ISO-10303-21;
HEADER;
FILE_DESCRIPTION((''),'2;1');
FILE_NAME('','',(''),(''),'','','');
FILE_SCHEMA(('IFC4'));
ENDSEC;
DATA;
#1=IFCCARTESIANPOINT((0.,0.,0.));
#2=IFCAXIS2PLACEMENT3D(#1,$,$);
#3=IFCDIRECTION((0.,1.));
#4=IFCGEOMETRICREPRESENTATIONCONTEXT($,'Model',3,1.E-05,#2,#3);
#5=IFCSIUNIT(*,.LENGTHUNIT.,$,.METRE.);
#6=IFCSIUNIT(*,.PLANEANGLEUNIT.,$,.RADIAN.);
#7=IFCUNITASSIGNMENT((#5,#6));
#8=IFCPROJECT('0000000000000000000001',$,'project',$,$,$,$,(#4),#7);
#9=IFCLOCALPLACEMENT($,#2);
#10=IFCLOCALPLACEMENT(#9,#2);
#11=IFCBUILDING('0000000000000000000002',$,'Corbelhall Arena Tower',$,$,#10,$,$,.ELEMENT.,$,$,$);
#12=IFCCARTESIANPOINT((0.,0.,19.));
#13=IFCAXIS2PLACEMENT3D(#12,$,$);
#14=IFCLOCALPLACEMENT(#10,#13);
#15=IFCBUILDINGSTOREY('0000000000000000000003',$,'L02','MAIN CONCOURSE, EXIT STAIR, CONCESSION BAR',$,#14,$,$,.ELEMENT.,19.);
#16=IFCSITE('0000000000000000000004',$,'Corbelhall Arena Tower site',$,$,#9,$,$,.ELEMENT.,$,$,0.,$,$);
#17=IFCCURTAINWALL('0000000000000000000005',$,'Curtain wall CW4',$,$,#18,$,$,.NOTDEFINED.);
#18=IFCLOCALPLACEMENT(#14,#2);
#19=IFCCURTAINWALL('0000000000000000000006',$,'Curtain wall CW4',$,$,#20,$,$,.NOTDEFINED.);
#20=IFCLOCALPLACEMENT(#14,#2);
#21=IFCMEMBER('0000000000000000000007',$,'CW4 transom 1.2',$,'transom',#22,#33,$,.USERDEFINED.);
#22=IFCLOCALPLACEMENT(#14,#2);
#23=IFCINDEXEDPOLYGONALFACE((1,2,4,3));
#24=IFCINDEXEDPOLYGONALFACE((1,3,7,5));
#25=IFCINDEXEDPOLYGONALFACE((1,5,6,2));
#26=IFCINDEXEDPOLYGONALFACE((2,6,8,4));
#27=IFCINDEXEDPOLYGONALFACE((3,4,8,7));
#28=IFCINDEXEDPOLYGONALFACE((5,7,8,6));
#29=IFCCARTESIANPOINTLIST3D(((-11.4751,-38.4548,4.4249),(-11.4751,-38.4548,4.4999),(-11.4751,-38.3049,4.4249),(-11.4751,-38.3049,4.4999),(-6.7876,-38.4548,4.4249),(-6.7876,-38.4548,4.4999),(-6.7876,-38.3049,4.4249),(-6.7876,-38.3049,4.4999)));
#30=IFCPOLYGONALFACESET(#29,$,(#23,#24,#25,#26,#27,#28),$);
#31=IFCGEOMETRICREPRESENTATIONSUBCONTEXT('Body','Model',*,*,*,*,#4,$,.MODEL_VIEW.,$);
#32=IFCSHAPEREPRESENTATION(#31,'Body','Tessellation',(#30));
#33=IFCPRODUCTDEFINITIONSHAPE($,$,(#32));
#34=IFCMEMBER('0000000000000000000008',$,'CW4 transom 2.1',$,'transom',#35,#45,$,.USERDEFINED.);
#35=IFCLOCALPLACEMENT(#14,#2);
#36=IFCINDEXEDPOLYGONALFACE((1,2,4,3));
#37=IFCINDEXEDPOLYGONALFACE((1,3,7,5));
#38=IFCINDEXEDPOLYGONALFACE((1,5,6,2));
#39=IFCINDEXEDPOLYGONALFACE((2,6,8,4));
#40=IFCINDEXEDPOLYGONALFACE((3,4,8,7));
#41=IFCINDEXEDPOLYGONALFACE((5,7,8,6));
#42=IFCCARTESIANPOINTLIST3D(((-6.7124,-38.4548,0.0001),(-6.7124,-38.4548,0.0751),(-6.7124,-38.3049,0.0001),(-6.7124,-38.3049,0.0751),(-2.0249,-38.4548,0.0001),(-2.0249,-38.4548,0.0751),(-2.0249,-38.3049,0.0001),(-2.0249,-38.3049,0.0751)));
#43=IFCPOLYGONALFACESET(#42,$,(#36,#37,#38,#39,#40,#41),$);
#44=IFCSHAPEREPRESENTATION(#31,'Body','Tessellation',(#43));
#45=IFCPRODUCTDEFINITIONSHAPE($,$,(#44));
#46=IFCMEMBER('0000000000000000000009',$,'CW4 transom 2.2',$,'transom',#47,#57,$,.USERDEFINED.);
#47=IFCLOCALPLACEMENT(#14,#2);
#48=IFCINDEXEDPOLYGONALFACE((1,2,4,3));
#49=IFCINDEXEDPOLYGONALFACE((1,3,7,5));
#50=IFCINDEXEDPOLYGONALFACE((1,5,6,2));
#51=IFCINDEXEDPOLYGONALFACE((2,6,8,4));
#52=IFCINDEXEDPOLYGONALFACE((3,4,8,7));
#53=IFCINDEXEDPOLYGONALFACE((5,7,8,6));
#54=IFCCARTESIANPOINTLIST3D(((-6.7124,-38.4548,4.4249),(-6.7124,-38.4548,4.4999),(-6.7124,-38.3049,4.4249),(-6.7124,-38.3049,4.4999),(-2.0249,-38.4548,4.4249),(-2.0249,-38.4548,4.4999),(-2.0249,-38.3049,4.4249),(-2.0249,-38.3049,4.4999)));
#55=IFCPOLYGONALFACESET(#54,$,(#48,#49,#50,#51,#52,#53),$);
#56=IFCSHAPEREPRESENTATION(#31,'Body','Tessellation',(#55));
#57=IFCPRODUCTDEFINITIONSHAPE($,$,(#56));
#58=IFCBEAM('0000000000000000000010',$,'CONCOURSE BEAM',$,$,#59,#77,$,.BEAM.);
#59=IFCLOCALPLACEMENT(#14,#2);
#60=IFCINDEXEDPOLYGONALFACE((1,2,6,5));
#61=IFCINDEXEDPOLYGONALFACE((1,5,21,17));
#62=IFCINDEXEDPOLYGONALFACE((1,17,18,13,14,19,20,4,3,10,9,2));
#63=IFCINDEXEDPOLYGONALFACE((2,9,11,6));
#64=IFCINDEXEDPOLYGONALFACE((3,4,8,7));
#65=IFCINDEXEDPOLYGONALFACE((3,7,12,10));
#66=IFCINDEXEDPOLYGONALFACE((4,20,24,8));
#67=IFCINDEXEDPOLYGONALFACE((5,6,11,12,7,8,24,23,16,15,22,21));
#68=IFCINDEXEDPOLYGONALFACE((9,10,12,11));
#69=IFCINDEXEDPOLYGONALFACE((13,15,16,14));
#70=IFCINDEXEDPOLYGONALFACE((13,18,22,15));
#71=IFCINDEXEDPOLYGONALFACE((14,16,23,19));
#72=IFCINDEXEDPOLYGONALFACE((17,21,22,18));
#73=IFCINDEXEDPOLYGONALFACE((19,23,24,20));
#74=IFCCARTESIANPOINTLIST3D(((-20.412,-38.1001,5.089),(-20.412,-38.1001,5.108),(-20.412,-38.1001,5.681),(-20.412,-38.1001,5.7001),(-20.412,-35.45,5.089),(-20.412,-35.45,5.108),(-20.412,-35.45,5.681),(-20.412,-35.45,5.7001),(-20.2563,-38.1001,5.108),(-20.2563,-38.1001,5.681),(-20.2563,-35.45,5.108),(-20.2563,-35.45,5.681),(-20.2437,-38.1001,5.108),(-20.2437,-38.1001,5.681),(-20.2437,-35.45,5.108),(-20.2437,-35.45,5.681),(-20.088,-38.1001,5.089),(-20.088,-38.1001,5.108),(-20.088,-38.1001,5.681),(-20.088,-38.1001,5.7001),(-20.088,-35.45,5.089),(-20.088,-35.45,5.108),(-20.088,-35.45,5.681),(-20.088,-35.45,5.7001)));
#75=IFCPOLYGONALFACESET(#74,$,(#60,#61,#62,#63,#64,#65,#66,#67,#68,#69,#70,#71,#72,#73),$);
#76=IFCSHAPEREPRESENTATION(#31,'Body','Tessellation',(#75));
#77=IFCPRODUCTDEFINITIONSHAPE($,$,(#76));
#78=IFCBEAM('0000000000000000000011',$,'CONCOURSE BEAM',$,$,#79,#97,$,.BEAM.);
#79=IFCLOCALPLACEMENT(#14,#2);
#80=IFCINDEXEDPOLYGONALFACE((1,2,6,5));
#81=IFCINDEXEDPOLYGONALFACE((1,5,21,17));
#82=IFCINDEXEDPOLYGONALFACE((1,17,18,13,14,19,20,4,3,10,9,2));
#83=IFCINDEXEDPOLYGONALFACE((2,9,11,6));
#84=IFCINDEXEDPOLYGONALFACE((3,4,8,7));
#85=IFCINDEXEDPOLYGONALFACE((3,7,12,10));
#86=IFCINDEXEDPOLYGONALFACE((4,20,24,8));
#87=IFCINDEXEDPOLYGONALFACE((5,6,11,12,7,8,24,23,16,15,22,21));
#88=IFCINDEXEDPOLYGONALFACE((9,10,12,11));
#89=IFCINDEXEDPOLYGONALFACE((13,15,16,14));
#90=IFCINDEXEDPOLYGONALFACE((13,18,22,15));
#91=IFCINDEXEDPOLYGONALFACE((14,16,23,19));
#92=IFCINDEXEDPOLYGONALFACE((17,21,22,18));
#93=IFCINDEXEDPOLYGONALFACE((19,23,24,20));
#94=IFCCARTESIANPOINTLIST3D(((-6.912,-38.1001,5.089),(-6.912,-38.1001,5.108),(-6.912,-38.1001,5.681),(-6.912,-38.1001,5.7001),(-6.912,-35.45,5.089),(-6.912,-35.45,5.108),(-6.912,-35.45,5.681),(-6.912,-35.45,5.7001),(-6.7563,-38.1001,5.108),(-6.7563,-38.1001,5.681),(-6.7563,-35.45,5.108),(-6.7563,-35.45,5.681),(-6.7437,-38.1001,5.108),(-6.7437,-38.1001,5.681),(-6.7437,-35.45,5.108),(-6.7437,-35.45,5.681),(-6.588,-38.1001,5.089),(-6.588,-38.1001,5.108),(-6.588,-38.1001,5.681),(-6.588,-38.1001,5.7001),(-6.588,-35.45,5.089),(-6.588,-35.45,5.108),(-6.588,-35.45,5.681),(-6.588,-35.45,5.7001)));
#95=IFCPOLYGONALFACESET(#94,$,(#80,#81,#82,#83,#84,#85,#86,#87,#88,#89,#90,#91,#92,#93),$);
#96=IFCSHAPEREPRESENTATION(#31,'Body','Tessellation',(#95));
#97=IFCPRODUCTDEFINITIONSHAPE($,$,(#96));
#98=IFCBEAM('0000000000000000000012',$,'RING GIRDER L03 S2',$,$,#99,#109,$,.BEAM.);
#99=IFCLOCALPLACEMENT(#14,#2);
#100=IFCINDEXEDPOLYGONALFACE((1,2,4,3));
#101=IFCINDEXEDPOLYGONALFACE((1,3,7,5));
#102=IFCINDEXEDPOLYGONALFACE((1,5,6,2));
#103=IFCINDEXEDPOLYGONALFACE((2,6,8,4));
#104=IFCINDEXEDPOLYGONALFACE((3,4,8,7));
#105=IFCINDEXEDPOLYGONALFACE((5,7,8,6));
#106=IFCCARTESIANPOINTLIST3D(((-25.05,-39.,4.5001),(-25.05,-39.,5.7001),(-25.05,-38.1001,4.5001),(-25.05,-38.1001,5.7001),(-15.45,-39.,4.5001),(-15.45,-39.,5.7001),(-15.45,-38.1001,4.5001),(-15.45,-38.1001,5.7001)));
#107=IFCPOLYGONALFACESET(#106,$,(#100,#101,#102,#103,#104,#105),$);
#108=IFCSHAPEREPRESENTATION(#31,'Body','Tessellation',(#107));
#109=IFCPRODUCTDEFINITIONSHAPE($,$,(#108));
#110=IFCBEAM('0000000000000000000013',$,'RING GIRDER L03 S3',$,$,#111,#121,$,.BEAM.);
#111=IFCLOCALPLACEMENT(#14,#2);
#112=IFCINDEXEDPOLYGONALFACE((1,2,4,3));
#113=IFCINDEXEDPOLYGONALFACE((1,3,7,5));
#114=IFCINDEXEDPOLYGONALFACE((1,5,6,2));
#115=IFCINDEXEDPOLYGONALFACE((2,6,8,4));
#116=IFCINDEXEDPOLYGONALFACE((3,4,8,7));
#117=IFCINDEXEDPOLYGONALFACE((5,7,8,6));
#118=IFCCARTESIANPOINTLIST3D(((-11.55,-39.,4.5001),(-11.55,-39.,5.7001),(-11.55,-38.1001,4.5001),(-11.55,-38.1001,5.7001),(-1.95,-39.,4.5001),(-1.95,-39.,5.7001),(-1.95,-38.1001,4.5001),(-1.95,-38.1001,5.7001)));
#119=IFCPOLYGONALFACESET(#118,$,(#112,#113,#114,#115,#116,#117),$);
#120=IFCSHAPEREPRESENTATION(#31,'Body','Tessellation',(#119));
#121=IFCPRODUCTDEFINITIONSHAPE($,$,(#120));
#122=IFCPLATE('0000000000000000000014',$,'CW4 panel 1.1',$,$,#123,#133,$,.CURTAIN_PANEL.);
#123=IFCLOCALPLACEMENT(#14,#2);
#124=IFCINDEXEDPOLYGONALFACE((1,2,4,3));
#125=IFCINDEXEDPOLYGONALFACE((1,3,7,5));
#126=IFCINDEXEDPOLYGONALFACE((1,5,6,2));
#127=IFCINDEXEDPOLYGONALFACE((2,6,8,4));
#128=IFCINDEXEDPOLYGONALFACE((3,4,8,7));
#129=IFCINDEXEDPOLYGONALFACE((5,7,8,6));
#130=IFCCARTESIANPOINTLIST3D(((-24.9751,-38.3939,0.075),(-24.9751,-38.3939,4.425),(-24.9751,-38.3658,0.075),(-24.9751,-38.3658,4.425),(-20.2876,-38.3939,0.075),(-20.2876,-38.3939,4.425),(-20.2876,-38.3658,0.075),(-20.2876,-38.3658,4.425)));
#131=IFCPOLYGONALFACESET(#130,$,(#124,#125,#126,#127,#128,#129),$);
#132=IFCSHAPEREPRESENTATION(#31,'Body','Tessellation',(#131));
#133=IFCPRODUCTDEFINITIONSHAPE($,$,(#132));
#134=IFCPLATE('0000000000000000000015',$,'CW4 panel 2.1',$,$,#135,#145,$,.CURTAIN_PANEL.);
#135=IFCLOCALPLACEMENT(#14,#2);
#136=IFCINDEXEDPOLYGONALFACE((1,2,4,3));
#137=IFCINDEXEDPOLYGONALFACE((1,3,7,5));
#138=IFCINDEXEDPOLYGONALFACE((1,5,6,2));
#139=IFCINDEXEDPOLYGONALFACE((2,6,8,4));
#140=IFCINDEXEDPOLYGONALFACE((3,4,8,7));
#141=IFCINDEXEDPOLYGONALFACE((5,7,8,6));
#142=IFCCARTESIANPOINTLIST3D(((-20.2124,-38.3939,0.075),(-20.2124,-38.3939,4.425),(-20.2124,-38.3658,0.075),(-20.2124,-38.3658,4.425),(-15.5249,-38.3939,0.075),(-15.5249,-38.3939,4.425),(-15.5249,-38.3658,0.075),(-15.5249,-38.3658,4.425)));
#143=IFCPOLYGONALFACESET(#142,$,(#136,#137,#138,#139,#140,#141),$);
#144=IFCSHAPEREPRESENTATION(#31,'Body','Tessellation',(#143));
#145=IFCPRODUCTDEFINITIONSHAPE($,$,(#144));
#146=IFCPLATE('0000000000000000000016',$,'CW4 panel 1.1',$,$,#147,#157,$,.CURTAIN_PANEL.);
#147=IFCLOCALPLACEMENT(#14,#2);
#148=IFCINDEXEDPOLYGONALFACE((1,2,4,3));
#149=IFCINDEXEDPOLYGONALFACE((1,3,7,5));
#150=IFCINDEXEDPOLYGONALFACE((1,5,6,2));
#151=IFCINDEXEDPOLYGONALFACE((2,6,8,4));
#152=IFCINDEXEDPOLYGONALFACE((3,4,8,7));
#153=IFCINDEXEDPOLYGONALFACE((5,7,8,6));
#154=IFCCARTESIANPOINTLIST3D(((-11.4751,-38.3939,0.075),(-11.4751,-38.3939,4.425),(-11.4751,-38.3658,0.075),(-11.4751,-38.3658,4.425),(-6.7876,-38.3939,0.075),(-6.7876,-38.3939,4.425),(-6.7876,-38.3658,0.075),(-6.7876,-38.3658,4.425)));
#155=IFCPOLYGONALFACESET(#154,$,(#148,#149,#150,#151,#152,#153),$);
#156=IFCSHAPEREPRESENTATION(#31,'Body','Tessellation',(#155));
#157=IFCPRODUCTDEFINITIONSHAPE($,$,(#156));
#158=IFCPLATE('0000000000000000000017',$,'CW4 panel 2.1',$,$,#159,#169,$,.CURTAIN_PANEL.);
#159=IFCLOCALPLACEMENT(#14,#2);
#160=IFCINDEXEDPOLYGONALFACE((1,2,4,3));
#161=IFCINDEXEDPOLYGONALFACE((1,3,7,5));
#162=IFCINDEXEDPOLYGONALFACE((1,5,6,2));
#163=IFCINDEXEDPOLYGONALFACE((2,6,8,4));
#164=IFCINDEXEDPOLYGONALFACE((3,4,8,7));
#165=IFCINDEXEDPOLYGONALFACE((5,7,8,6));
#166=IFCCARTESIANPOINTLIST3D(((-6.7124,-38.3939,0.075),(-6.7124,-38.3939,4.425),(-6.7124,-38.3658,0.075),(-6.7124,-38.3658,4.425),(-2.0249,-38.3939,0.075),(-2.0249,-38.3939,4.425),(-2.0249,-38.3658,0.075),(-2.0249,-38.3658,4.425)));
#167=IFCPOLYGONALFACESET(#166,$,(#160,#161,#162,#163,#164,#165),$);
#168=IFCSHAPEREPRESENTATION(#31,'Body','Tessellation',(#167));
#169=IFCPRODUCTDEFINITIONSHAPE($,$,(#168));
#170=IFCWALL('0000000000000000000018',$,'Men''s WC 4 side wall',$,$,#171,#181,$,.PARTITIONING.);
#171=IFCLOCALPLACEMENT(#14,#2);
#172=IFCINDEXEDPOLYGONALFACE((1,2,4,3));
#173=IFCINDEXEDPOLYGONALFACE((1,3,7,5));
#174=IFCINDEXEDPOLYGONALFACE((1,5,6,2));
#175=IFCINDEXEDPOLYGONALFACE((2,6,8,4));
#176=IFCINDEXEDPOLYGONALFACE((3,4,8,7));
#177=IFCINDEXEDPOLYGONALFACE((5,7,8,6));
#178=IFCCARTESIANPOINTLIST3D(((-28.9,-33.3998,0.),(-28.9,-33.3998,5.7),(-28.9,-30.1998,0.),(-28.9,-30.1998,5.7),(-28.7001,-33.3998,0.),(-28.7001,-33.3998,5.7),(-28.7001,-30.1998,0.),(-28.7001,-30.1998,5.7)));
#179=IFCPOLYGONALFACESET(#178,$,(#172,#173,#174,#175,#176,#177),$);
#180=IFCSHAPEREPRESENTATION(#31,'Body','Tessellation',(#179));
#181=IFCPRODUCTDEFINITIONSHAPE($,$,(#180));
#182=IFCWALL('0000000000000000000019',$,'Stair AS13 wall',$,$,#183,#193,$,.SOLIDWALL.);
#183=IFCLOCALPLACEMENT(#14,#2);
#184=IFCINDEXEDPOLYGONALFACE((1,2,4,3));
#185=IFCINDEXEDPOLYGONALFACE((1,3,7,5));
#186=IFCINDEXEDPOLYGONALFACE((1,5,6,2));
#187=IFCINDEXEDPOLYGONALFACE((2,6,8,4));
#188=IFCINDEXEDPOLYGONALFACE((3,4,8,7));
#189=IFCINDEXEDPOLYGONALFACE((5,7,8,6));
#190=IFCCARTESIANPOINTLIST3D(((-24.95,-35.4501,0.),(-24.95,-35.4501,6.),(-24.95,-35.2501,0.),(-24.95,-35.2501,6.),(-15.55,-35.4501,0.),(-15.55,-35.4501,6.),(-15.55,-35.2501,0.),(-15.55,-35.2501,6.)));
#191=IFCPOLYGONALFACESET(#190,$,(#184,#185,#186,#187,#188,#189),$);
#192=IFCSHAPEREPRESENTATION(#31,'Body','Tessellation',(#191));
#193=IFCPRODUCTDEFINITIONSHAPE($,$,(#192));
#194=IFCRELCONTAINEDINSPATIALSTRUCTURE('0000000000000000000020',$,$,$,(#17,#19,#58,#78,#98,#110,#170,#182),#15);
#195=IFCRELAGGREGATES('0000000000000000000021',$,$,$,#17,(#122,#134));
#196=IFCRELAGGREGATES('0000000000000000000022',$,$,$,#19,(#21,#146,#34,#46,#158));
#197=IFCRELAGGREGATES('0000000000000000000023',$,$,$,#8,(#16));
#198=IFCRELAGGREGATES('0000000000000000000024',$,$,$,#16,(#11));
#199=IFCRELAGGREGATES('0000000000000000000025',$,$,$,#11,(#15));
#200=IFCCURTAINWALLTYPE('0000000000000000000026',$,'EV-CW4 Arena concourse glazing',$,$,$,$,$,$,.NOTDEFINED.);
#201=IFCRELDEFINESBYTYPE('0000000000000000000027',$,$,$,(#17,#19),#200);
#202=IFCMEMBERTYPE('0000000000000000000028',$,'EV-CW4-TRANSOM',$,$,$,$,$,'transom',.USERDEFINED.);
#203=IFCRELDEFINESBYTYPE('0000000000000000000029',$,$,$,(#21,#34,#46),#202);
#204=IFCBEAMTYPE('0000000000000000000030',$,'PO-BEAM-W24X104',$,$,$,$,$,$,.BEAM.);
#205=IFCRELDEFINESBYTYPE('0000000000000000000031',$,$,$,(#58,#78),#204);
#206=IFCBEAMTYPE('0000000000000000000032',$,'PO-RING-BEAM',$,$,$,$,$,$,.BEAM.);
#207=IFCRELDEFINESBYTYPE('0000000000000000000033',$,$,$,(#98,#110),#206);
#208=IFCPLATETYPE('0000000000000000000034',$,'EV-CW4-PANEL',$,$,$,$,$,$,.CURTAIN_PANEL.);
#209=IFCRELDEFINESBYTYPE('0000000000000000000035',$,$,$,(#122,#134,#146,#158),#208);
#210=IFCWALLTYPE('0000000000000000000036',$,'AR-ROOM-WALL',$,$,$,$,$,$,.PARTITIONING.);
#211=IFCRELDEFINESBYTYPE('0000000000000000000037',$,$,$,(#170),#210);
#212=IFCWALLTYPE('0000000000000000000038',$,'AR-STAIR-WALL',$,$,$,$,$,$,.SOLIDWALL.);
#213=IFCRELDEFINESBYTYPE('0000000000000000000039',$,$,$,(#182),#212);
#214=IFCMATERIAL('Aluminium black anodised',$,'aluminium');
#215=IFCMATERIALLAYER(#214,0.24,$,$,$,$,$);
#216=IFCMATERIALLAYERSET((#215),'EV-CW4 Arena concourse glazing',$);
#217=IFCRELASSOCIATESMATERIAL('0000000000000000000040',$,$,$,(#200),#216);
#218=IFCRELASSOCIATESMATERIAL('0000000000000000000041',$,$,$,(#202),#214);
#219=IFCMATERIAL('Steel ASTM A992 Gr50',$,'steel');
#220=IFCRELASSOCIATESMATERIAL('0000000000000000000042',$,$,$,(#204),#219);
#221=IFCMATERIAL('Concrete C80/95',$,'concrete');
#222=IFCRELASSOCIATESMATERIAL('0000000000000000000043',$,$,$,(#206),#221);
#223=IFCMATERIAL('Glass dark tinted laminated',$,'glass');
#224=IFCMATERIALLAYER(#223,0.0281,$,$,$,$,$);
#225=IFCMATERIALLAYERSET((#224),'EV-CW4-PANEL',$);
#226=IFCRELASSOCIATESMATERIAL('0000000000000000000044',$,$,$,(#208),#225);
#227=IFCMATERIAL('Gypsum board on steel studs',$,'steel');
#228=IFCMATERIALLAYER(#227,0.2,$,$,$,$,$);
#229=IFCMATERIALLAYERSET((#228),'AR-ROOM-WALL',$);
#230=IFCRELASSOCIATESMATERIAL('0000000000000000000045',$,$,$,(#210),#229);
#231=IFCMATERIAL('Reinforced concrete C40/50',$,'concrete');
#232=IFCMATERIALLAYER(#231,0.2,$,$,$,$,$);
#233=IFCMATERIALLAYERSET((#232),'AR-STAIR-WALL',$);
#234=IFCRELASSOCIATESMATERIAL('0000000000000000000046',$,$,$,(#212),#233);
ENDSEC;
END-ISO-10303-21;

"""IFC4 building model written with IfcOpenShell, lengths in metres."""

from ifc_helpers import new_model, si_unit, direction, frame, frame_2d, origin, origin_2d, place, context, subcontext, project, spatial, rectangle, i_section, extrude, material, layer, layer_set, material_profile, profile_set, type_object, element, aggregate, save


model = new_model("IFC4")

# Units and contexts
model_context = context("Model", 3, precision=1e-05, world=origin(), true_north=direction((0.0, 1.0)))
body_context = subcontext(model_context, "Body", "Model", "MODEL_VIEW")
ifc_project = project(units=[si_unit("LENGTHUNIT", "METRE"), si_unit("PLANEANGLEUNIT", "RADIAN")], contexts=[model_context])

# Site, building, storey
site_placement = place(None, origin())
site = spatial("IfcSite", under=ifc_project, at=site_placement, Name="Corbelhall Arena Tower site", CompositionType="ELEMENT", RefElevation=0.0)
building_placement = place(site_placement, origin())
building = spatial("IfcBuilding", under=site, at=building_placement, Name="Corbelhall Arena Tower", CompositionType="ELEMENT")
storey_placement = place(building_placement, frame((0.0, 0.0, 19.0)))
storey = spatial("IfcBuildingStorey", under=building, at=storey_placement, Name="L02", Description="MAIN CONCOURSE, EXIT STAIR, CONCESSION BAR", CompositionType="ELEMENT", Elevation=19.0)

# Shared definitions
ifc_material_1 = material(Name="Concrete C80/95", Category="concrete")

# Shared definitions
ifc_material_2 = material(Name="Aluminium black anodised", Category="aluminium")
ifc_layer_1 = layer(ifc_material_2, 0.24)
ifc_layer_set_1 = layer_set([ifc_layer_1], Name="EV-CW4 Arena concourse glazing")
curtain_wall_type = type_object("IfcCurtainWallType", Name="EV-CW4 Arena concourse glazing", PredefinedType="NOTDEFINED", material=ifc_layer_set_1)

# Curtain walls
curtain_wall_1_placement = place(storey_placement, origin())
curtain_wall_1 = element("IfcCurtainWall", 1, at=curtain_wall_1_placement, inside=storey, type_object=curtain_wall_type, Name="Curtain wall CW4", PredefinedType="NOTDEFINED")
curtain_wall_2_placement = place(storey_placement, origin())
curtain_wall_2 = element("IfcCurtainWall", 2, at=curtain_wall_2_placement, inside=storey, type_object=curtain_wall_type, Name="Curtain wall CW4", PredefinedType="NOTDEFINED")

# Members
ifc_material_profile_1 = material_profile(ifc_material_2, rectangle(XDim=0.1499, YDim=0.075, at=origin_2d()))
ifc_profile_set_1 = profile_set([ifc_material_profile_1], Name="Aluminium black anodised")
member_type_1 = type_object("IfcMemberType", Name="EV-CW4-TRANSOM", ElementType="transom", PredefinedType="USERDEFINED", material=ifc_profile_set_1)
member_1_placement = place(storey_placement, frame((-11.4751, -38.3799, 4.4624), z_axis=(1.0, 0.0, 0.0), x_axis=(0.0, 1.0, 0.0)))
member_1 = element("IfcMember", 3, at=member_1_placement, type_object=member_type_1, Name="CW4 transom 1.2", ObjectType="transom", PredefinedType="USERDEFINED", context=body_context, shape_type="SweptSolid", body=[
    extrude(rectangle(XDim=0.1499, YDim=0.075, at=origin_2d()), origin(), (0.0, 0.0, 1.0), 4.6875),
])
member_2_placement = place(storey_placement, frame((-6.7124, -38.3799, 0.0376), z_axis=(1.0, 0.0, 0.0), x_axis=(0.0, 1.0, 0.0)))
member_2 = element("IfcMember", 4, at=member_2_placement, type_object=member_type_1, Name="CW4 transom 2.1", ObjectType="transom", PredefinedType="USERDEFINED", context=body_context, shape_type="SweptSolid", body=[
    extrude(rectangle(XDim=0.1499, YDim=0.075, at=origin_2d()), origin(), (0.0, 0.0, 1.0), 4.6875),
])
member_3_placement = place(storey_placement, frame((-6.7124, -38.3799, 4.4624), z_axis=(1.0, 0.0, 0.0), x_axis=(0.0, 1.0, 0.0)))
member_3 = element("IfcMember", 5, at=member_3_placement, type_object=member_type_1, Name="CW4 transom 2.2", ObjectType="transom", PredefinedType="USERDEFINED", context=body_context, shape_type="SweptSolid", body=[
    extrude(rectangle(XDim=0.1499, YDim=0.075, at=origin_2d()), origin(), (0.0, 0.0, 1.0), 4.6875),
])

# Beams
ifc_material_3 = material(Name="Steel ASTM A992 Gr50", Category="steel")
ifc_material_profile_2 = material_profile(ifc_material_3, i_section(OverallWidth=0.324, OverallDepth=0.6111, WebThickness=0.0127, FlangeThickness=0.019, at=origin_2d()))
ifc_profile_set_2 = profile_set([ifc_material_profile_2], Name="Steel ASTM A992 Gr50")
beam_type_1 = type_object("IfcBeamType", Name="PO-BEAM-W24X104", PredefinedType="BEAM", material=ifc_profile_set_2)
for number, where, z_axis, x_axis, name in (
    (6, (-20.25, -35.45, 5.3945), (0.0, -1.0, 0.0), (1.0, 0.0, 0.0), "CONCOURSE BEAM"),
    (7, (-6.75, -35.45, 5.3945), (0.0, -1.0, 0.0), (1.0, 0.0, 0.0), "CONCOURSE BEAM"),
):
    element("IfcBeam", number, at=place(storey_placement, frame(where, z_axis=z_axis, x_axis=x_axis)), inside=storey, type_object=beam_type_1, Name=name, PredefinedType="BEAM", context=body_context, shape_type="SweptSolid", body=[
        extrude(i_section(OverallWidth=0.324, OverallDepth=0.6111, WebThickness=0.0127, FlangeThickness=0.019, at=origin_2d()), origin(), (0.0, 0.0, 1.0), 2.6501),
    ])
ifc_material_profile_3 = material_profile(ifc_material_1, rectangle(XDim=0.8999, YDim=1.2, at=origin_2d()))
ifc_profile_set_3 = profile_set([ifc_material_profile_3], Name="Concrete C80/95")
beam_type_2 = type_object("IfcBeamType", Name="PO-RING-BEAM", PredefinedType="BEAM", material=ifc_profile_set_3)
for number, where, z_axis, x_axis, name in (
    (8, (-25.05, -38.55, 5.1001), (1.0, 0.0, 0.0), (0.0, 1.0, 0.0), "RING GIRDER L03 S2"),
    (9, (-11.55, -38.55, 5.1001), (1.0, 0.0, 0.0), (0.0, 1.0, 0.0), "RING GIRDER L03 S3"),
):
    element("IfcBeam", number, at=place(storey_placement, frame(where, z_axis=z_axis, x_axis=x_axis)), inside=storey, type_object=beam_type_2, Name=name, PredefinedType="BEAM", context=body_context, shape_type="SweptSolid", body=[
        extrude(rectangle(XDim=0.8999, YDim=1.2, at=origin_2d()), origin(), (0.0, 0.0, 1.0), 9.6001),
    ])

# Plates
ifc_material_4 = material(Name="Glass dark tinted laminated", Category="glass")
ifc_layer_2 = layer(ifc_material_4, 0.0281)
ifc_layer_set_2 = layer_set([ifc_layer_2], Name="EV-CW4-PANEL")
plate_type = type_object("IfcPlateType", Name="EV-CW4-PANEL", PredefinedType="CURTAIN_PANEL", material=ifc_layer_set_2)
plate_1_placement = place(storey_placement, frame((-22.6313, -38.3799, 0.075), z_axis=(0.0, 0.0, 1.0), x_axis=(1.0, 0.0, 0.0)))
plate_1 = element("IfcPlate", 10, at=plate_1_placement, type_object=plate_type, Name="CW4 panel 1.1", PredefinedType="CURTAIN_PANEL", context=body_context, shape_type="SweptSolid", body=[
    extrude(rectangle(XDim=4.6875, YDim=0.0281, at=origin_2d()), origin(), (0.0, 0.0, 1.0), 4.3501),
])
plate_2_placement = place(storey_placement, frame((-17.8687, -38.3799, 0.075), z_axis=(0.0, 0.0, 1.0), x_axis=(1.0, 0.0, 0.0)))
plate_2 = element("IfcPlate", 11, at=plate_2_placement, type_object=plate_type, Name="CW4 panel 2.1", PredefinedType="CURTAIN_PANEL", context=body_context, shape_type="SweptSolid", body=[
    extrude(rectangle(XDim=4.6875, YDim=0.0281, at=origin_2d()), origin(), (0.0, 0.0, 1.0), 4.3501),
])
aggregate(curtain_wall_1, [plate_1, plate_2])
plate_3_placement = place(storey_placement, frame((-9.1313, -38.3799, 0.075), z_axis=(0.0, 0.0, 1.0), x_axis=(1.0, 0.0, 0.0)))
plate_3 = element("IfcPlate", 12, at=plate_3_placement, type_object=plate_type, Name="CW4 panel 1.1", PredefinedType="CURTAIN_PANEL", context=body_context, shape_type="SweptSolid", body=[
    extrude(rectangle(XDim=4.6875, YDim=0.0281, at=origin_2d()), origin(), (0.0, 0.0, 1.0), 4.3501),
])
plate_4_placement = place(storey_placement, frame((-4.3687, -38.3799, 0.075), z_axis=(0.0, 0.0, 1.0), x_axis=(1.0, 0.0, 0.0)))
plate_4 = element("IfcPlate", 13, at=plate_4_placement, type_object=plate_type, Name="CW4 panel 2.1", PredefinedType="CURTAIN_PANEL", context=body_context, shape_type="SweptSolid", body=[
    extrude(rectangle(XDim=4.6875, YDim=0.0281, at=origin_2d()), origin(), (0.0, 0.0, 1.0), 4.3501),
])
aggregate(curtain_wall_2, [member_1, plate_3, member_2, member_3, plate_4])

# Walls
ifc_material_5 = material(Name="Gypsum board on steel studs", Category="steel")
ifc_layer_3 = layer(ifc_material_5, 0.2)
ifc_layer_set_3 = layer_set([ifc_layer_3], Name="AR-ROOM-WALL")
wall_type_1 = type_object("IfcWallType", Name="AR-ROOM-WALL", PredefinedType="PARTITIONING", material=ifc_layer_set_3)
wall_1_placement = place(storey_placement, frame((-28.8, -33.3999, 0.0), z_axis=(0.0, 0.0, 1.0), x_axis=(0.0, 1.0, 0.0)))
element("IfcWall", 14, at=wall_1_placement, inside=storey, type_object=wall_type_1, Name="Men's WC 4 side wall", PredefinedType="PARTITIONING", context=body_context, shape_type="SweptSolid", body=[
    extrude(rectangle(XDim=3.2, YDim=0.2, at=frame_2d((1.6001, 0.0))), origin(), (0.0, 0.0, 1.0), 5.7),
])
ifc_material_6 = material(Name="Reinforced concrete C40/50", Category="concrete")
ifc_layer_4 = layer(ifc_material_6, 0.2)
ifc_layer_set_4 = layer_set([ifc_layer_4], Name="AR-STAIR-WALL")
wall_type_2 = type_object("IfcWallType", Name="AR-STAIR-WALL", PredefinedType="SOLIDWALL", material=ifc_layer_set_4)
wall_2_placement = place(storey_placement, frame((-24.95, -35.3501, 0.0), z_axis=(0.0, 0.0, 1.0), x_axis=(1.0, 0.0, 0.0)))
element("IfcWall", 15, at=wall_2_placement, inside=storey, type_object=wall_type_2, Name="Stair AS13 wall", PredefinedType="SOLIDWALL", context=body_context, shape_type="SweptSolid", body=[
    extrude(rectangle(XDim=9.3999, YDim=0.2, at=frame_2d((4.7, 0.0))), origin(), (0.0, 0.0, 1.0), 6.0),
])

save(model, "model.ifc")
